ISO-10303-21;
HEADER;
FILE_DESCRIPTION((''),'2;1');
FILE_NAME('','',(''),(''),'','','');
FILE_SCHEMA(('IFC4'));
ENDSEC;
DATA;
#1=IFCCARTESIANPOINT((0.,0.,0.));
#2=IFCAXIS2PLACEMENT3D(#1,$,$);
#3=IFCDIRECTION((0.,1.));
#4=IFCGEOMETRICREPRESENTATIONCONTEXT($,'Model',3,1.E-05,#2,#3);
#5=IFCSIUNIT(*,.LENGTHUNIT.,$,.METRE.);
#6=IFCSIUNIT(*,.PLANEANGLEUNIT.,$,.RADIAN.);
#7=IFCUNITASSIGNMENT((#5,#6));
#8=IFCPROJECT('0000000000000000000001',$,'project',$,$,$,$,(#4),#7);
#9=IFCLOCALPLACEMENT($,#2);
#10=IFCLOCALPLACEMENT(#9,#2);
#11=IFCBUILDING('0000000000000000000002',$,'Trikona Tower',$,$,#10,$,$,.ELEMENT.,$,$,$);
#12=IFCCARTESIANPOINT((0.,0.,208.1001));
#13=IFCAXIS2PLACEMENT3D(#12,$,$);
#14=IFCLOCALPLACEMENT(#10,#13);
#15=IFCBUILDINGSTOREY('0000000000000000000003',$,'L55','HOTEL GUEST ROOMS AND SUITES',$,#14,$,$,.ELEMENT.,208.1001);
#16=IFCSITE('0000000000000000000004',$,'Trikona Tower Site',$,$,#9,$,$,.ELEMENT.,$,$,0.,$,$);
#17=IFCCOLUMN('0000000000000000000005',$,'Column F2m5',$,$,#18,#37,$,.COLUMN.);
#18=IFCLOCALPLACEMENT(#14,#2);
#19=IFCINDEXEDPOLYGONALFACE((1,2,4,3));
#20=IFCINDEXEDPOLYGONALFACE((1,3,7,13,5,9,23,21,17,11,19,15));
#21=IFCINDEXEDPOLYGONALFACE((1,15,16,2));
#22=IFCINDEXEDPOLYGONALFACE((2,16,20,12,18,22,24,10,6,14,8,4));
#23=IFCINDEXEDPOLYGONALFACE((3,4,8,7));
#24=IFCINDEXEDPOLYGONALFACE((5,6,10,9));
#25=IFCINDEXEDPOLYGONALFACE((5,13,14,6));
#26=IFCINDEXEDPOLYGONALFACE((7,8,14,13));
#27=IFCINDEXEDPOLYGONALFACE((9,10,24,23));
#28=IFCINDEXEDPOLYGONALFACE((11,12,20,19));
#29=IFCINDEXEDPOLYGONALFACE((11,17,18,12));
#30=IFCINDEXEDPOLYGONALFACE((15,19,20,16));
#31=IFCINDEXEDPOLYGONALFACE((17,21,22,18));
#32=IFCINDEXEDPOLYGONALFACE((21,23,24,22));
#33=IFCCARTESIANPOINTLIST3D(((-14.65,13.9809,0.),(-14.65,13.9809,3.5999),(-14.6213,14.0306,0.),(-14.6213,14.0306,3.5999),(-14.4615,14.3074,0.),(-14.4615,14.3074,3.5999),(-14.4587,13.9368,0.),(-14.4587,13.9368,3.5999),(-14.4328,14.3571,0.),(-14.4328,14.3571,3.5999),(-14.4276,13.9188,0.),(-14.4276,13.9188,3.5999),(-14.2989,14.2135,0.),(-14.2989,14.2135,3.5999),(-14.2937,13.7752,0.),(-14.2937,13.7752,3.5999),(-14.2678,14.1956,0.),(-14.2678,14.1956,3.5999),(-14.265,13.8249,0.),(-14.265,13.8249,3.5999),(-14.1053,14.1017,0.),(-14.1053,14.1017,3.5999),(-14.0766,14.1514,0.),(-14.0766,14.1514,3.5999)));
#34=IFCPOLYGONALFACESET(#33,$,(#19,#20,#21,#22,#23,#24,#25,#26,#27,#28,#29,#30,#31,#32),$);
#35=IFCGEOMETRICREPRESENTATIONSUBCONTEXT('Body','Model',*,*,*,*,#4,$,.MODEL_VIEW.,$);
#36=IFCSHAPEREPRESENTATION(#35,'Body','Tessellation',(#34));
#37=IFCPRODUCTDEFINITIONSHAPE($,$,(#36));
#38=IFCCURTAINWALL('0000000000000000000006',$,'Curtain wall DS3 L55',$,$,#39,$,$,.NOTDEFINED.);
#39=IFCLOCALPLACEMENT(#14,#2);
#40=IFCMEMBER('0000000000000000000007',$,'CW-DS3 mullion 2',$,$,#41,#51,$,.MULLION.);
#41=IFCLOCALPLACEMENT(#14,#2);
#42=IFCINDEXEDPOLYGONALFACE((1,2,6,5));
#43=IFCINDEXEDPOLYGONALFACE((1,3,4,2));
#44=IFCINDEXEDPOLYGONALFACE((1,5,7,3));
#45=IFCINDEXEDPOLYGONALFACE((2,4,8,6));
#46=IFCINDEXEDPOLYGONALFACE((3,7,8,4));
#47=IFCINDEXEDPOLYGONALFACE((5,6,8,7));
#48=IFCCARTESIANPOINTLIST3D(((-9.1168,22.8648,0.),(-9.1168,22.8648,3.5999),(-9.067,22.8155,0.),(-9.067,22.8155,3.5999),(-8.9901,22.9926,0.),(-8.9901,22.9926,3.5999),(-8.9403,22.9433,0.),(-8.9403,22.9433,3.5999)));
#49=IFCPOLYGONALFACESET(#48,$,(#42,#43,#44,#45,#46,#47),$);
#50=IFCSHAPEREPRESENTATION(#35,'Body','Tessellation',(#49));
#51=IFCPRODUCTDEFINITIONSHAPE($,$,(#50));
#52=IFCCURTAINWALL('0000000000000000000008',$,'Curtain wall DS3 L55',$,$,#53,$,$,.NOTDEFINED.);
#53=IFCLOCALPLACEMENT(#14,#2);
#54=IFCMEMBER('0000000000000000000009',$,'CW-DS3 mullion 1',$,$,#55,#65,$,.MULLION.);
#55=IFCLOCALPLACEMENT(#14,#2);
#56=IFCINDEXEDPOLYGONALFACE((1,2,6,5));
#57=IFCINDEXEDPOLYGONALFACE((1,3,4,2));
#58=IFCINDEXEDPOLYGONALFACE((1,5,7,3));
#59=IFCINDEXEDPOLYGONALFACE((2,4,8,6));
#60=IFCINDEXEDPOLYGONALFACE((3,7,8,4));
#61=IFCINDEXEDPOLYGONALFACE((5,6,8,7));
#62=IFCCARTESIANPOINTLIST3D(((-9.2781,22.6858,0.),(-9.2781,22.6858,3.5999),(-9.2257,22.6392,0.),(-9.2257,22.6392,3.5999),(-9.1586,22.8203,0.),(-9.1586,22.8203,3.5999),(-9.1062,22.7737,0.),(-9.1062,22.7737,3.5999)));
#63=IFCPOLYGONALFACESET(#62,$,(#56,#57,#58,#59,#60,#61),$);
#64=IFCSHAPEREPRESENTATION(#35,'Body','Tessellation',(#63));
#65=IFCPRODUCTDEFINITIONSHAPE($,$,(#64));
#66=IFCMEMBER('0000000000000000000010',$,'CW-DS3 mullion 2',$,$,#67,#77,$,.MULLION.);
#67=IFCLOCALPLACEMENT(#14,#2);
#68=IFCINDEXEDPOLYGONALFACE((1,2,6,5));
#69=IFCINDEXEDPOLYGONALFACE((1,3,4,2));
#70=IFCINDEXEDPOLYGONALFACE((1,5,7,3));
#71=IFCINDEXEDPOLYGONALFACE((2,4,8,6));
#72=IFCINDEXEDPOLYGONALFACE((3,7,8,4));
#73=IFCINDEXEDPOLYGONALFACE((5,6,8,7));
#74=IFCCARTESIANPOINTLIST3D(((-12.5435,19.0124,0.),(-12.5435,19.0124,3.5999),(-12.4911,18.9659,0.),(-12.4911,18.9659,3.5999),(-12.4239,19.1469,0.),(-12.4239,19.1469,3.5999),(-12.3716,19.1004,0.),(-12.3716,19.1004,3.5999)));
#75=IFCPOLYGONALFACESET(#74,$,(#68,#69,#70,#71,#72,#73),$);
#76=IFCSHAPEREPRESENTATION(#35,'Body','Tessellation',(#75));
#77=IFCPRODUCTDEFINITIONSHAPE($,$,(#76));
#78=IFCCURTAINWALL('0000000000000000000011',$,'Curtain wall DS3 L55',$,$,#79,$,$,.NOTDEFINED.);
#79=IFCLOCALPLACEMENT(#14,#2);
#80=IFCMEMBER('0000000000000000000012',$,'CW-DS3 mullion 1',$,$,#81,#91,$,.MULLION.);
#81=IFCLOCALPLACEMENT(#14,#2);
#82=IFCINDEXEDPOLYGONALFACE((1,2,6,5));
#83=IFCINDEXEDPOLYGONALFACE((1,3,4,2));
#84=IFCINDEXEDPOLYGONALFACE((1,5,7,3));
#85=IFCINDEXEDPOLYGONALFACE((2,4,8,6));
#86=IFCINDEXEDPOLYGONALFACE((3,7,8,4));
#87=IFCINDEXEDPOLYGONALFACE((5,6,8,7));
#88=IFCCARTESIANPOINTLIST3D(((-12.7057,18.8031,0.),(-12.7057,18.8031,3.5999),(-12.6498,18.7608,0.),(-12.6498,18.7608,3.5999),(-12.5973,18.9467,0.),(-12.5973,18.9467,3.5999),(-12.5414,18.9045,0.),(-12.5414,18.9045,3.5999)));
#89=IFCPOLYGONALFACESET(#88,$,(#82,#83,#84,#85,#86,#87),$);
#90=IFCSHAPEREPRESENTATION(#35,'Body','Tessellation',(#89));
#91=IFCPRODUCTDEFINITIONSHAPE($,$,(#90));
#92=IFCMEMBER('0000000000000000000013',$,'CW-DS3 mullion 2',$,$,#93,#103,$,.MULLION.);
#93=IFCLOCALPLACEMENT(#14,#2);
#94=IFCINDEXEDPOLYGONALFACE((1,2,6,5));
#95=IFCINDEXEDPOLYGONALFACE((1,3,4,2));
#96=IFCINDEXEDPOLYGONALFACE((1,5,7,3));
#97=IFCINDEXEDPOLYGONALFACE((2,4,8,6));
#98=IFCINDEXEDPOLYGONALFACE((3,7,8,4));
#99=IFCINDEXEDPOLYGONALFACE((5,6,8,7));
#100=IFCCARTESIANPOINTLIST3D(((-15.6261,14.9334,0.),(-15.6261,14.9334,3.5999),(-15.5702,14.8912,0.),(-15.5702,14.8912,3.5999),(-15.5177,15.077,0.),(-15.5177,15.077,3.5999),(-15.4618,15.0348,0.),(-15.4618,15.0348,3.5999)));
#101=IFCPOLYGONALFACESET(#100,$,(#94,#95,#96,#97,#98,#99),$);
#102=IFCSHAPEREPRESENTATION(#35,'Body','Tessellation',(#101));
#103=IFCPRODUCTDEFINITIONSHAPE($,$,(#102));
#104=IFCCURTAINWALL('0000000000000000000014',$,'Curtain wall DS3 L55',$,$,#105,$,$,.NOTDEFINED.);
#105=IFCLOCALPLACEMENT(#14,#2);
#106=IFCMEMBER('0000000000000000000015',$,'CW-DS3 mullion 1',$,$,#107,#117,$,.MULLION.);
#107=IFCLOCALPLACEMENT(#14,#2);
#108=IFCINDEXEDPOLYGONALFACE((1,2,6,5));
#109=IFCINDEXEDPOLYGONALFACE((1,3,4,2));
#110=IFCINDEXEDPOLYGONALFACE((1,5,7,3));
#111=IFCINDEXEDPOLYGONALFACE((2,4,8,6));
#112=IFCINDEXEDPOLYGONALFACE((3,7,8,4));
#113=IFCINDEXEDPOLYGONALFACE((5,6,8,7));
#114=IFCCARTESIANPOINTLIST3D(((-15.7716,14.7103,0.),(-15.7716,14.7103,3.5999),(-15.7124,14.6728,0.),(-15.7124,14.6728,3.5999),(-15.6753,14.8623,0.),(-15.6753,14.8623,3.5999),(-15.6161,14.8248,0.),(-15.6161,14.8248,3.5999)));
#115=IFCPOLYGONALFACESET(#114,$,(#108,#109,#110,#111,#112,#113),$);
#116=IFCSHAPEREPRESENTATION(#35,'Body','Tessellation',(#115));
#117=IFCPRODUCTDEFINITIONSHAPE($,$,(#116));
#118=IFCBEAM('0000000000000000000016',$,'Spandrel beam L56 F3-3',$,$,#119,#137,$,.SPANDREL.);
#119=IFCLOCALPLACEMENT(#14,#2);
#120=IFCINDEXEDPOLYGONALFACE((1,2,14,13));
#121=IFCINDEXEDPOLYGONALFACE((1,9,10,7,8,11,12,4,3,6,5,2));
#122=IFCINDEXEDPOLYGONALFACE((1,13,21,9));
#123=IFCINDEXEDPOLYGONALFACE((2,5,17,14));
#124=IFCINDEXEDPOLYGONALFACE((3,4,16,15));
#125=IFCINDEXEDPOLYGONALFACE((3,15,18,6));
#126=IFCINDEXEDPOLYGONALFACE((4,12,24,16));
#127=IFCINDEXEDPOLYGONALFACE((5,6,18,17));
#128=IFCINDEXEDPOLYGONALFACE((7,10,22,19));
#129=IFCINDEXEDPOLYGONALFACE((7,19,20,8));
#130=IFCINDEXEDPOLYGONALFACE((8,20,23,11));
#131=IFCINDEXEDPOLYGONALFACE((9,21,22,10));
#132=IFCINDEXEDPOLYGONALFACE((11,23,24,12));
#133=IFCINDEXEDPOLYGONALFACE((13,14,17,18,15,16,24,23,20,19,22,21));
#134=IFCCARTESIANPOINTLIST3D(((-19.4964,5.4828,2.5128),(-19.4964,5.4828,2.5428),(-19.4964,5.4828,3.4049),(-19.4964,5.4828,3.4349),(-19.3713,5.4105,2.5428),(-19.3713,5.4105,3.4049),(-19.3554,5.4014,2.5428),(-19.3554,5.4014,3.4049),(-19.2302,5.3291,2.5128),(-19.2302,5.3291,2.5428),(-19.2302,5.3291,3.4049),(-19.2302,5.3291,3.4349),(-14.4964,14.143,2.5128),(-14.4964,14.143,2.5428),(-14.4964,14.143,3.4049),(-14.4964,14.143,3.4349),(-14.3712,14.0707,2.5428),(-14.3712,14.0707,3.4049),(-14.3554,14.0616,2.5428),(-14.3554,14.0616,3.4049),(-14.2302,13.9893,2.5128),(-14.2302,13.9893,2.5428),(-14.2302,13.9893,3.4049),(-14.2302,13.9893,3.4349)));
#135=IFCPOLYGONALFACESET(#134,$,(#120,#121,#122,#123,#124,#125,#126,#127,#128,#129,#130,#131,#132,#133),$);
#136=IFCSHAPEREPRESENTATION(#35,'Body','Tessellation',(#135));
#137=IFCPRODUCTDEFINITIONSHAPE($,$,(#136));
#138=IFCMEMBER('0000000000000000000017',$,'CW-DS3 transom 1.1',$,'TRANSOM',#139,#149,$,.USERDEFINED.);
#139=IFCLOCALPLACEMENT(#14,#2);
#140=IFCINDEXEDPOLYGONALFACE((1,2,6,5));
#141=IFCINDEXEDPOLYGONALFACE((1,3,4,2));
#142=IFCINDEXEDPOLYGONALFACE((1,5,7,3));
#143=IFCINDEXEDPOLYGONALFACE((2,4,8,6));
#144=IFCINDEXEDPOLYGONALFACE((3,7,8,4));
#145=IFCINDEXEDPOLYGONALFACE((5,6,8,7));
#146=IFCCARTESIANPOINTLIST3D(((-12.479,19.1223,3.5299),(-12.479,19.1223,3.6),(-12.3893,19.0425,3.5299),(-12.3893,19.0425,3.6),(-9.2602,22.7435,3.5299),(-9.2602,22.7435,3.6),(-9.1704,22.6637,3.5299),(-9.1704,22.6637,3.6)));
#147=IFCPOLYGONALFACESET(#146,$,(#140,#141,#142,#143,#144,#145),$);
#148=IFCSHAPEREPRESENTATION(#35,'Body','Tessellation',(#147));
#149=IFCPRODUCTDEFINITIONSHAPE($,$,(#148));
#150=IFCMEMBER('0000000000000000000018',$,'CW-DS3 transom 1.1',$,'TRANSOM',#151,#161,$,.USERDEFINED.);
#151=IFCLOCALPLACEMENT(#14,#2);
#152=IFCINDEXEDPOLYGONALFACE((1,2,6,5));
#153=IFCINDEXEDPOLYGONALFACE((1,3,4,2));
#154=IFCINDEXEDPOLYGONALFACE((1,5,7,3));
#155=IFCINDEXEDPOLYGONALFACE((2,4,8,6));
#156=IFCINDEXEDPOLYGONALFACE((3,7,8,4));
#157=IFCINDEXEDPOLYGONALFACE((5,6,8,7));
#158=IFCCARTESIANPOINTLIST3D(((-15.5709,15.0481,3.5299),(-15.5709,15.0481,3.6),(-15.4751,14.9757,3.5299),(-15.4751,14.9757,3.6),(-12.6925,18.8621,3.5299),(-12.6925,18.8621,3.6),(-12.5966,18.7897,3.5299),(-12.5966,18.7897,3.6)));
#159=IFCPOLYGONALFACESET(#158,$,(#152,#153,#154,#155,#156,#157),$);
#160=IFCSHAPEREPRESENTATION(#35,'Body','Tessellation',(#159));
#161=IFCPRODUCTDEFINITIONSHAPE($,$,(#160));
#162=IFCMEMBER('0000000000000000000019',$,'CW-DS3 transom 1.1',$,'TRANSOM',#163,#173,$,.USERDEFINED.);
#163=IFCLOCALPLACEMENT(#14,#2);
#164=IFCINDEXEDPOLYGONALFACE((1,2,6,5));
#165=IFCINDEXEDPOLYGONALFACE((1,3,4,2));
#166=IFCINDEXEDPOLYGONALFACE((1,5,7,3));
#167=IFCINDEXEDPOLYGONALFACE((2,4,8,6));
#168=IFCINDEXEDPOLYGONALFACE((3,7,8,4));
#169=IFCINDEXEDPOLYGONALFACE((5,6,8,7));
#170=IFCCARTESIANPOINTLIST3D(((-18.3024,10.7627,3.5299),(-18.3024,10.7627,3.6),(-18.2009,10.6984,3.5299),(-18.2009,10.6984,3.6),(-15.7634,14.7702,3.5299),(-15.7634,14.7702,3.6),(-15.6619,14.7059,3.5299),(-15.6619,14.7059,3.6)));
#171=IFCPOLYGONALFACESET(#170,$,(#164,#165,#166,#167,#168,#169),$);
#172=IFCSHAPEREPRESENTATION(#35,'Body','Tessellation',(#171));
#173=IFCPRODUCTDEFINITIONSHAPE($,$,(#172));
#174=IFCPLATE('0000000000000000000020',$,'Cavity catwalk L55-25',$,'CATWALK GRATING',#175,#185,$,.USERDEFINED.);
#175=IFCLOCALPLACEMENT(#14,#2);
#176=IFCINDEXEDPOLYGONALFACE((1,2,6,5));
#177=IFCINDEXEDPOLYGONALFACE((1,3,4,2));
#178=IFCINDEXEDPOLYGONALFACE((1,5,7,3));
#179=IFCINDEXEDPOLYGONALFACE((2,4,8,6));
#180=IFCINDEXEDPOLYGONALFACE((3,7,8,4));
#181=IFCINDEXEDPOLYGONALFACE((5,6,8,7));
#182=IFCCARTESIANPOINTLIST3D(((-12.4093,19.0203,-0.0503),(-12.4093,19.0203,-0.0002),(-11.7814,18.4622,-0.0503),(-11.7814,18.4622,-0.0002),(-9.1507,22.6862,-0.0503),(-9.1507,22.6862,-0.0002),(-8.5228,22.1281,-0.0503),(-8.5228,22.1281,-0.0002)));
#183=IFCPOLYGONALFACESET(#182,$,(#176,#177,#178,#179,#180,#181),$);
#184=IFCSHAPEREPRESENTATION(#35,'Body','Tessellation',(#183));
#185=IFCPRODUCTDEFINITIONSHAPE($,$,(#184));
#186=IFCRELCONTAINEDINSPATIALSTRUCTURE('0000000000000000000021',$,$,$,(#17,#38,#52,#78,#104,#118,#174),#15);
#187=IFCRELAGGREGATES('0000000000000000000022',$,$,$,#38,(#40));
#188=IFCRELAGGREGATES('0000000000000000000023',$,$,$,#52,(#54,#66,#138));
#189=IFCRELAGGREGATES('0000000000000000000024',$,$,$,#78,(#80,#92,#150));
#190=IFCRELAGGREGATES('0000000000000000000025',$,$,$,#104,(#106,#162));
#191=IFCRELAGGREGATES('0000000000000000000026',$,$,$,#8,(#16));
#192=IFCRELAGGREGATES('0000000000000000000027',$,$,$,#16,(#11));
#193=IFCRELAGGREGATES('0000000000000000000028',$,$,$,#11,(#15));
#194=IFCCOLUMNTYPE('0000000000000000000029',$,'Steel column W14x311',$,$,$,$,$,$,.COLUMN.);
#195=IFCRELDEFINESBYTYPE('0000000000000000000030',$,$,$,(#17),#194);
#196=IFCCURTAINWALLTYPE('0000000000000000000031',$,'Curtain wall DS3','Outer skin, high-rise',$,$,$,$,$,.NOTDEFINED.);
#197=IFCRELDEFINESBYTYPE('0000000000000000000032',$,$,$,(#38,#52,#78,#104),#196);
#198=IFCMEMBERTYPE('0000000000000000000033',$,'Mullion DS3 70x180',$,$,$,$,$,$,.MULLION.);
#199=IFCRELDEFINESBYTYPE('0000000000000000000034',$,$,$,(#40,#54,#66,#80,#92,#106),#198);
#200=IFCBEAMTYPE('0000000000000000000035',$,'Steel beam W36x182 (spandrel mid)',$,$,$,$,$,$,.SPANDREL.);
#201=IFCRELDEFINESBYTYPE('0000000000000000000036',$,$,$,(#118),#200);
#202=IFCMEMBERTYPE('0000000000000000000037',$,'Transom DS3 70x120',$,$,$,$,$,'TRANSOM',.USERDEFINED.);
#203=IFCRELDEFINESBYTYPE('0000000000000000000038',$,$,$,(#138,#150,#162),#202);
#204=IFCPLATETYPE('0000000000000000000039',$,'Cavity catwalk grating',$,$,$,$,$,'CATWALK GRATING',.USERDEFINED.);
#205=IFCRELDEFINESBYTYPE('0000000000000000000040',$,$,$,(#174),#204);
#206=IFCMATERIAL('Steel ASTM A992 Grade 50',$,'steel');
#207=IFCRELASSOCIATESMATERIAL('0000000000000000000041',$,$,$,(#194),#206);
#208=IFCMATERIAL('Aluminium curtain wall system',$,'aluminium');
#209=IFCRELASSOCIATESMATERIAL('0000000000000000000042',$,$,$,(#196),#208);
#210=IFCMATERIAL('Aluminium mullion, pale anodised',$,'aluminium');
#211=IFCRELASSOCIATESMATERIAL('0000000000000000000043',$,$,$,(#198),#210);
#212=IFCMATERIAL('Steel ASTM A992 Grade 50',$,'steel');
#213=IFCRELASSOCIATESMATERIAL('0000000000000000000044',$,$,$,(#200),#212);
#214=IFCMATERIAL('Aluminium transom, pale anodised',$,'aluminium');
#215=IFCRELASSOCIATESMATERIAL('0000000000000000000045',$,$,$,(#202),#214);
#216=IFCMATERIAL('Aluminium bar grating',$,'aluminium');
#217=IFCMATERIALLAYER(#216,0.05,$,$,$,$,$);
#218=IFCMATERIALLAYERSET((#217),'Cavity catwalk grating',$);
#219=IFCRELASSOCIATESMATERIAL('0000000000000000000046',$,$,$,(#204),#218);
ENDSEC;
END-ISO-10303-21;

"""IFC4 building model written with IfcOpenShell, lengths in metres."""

from ifc_helpers import new_model, si_unit, direction, frame, origin, origin_2d, place, context, subcontext, project, spatial, rectangle, i_section, extrude, material, layer, layer_set, material_profile, profile_set, type_object, element, aggregate, save


model = new_model("IFC4")

# Units and contexts
model_context = context("Model", 3, precision=1e-05, world=origin(), true_north=direction((0.0, 1.0)))
body_context = subcontext(model_context, "Body", "Model", "MODEL_VIEW")
ifc_project = project(units=[si_unit("LENGTHUNIT", "METRE"), si_unit("PLANEANGLEUNIT", "RADIAN")], contexts=[model_context])

# Site, building, storey
site_placement = place(None, origin())
site = spatial("IfcSite", under=ifc_project, at=site_placement, Name="Trikona Tower Site", CompositionType="ELEMENT", RefElevation=0.0)
building_placement = place(site_placement, origin())
building = spatial("IfcBuilding", under=site, at=building_placement, Name="Trikona Tower", CompositionType="ELEMENT")
storey_placement = place(building_placement, frame((0.0, 0.0, 208.1001)))
storey = spatial("IfcBuildingStorey", under=building, at=storey_placement, Name="L55", Description="HOTEL GUEST ROOMS AND SUITES", CompositionType="ELEMENT", Elevation=208.1001)

# Column
ifc_material_1 = material(Name="Steel ASTM A992 Grade 50", Category="steel")
ifc_material_profile_1 = material_profile(ifc_material_1, i_section(OverallWidth=0.4114, OverallDepth=0.4343, WebThickness=0.0359, FlangeThickness=0.0574, at=origin_2d()), Name="W14X311")
ifc_profile_set_1 = profile_set([ifc_material_profile_1], Name="Steel ASTM A992 Grade 50")
column_type = type_object("IfcColumnType", Name="Steel column W14x311", PredefinedType="COLUMN", material=ifc_profile_set_1)
column_placement = place(storey_placement, frame((-14.3633, 14.0662, 0.0), z_axis=(0.0, 0.0, 1.0), x_axis=(-0.866025, 0.5, 0.0)))
element("IfcColumn", 1, at=column_placement, inside=storey, type_object=column_type, Name="Column F2m5", PredefinedType="COLUMN", context=body_context, shape_type="SweptSolid", body=[
    extrude(i_section(OverallWidth=0.4114, OverallDepth=0.4343, WebThickness=0.0359, FlangeThickness=0.0574, at=origin_2d()), origin(), (0.0, 0.0, 1.0), 3.5999),
])

# Curtain wall, member
ifc_material_2 = material(Name="Aluminium curtain wall system", Category="aluminium")
curtain_wall_type = type_object("IfcCurtainWallType", Name="Curtain wall DS3", Description="Outer skin, high-rise", PredefinedType="NOTDEFINED", material=ifc_material_2)
curtain_wall_1_placement = place(storey_placement, origin())
curtain_wall_1 = element("IfcCurtainWall", 2, at=curtain_wall_1_placement, inside=storey, type_object=curtain_wall_type, Name="Curtain wall DS3 L55", PredefinedType="NOTDEFINED")
ifc_material_3 = material(Name="Aluminium mullion, pale anodised", Category="aluminium")
ifc_material_profile_2 = material_profile(ifc_material_3, rectangle(XDim=0.0701, YDim=0.1799, at=origin_2d()), Name="MUL-DS3")
ifc_profile_set_2 = profile_set([ifc_material_profile_2], Name="Aluminium mullion, pale anodised")
member_type_1 = type_object("IfcMemberType", Name="Mullion DS3 70x180", PredefinedType="MULLION", material=ifc_profile_set_2)
member_1_placement = place(storey_placement, frame((-9.0286, 22.9041, 0.0), z_axis=(0.0, 0.0, 1.0), x_axis=(0.710052, -0.704149, 0.0)))
member_1 = element("IfcMember", 3, at=member_1_placement, type_object=member_type_1, Name="CW-DS3 mullion 2", PredefinedType="MULLION", context=body_context, shape_type="SweptSolid", body=[
    extrude(rectangle(XDim=0.0701, YDim=0.1799, at=origin_2d()), origin(), (0.0, 0.0, 1.0), 3.5999),
])
aggregate(curtain_wall_1, [member_1])

# Curtain walls, members
curtain_wall_2_placement = place(storey_placement, origin())
curtain_wall_2 = element("IfcCurtainWall", 4, at=curtain_wall_2_placement, inside=storey, type_object=curtain_wall_type, Name="Curtain wall DS3 L55", PredefinedType="NOTDEFINED")
member_2_placement = place(storey_placement, frame((-9.1921, 22.7297, 0.0), z_axis=(0.0, 0.0, 1.0), x_axis=(0.747403, -0.664371, 0.0)))
member_2 = element("IfcMember", 5, at=member_2_placement, type_object=member_type_1, Name="CW-DS3 mullion 1", PredefinedType="MULLION", context=body_context, shape_type="SweptSolid", body=[
    extrude(rectangle(XDim=0.0701, YDim=0.1799, at=origin_2d()), origin(), (0.0, 0.0, 1.0), 3.5999),
])
member_3_placement = place(storey_placement, frame((-12.4575, 19.0564, 0.0), z_axis=(0.0, 0.0, 1.0), x_axis=(0.747403, -0.664371, 0.0)))
member_3 = element("IfcMember", 6, at=member_3_placement, type_object=member_type_1, Name="CW-DS3 mullion 2", PredefinedType="MULLION", context=body_context, shape_type="SweptSolid", body=[
    extrude(rectangle(XDim=0.0701, YDim=0.1799, at=origin_2d()), origin(), (0.0, 0.0, 1.0), 3.5999),
])
curtain_wall_3_placement = place(storey_placement, origin())
curtain_wall_3 = element("IfcCurtainWall", 7, at=curtain_wall_3_placement, inside=storey, type_object=curtain_wall_type, Name="Curtain wall DS3 L55", PredefinedType="NOTDEFINED")
member_4_placement = place(storey_placement, frame((-12.6235, 18.8538, 0.0), z_axis=(0.0, 0.0, 1.0), x_axis=(0.798193, -0.602402, 0.0)))
member_4 = element("IfcMember", 8, at=member_4_placement, type_object=member_type_1, Name="CW-DS3 mullion 1", PredefinedType="MULLION", context=body_context, shape_type="SweptSolid", body=[
    extrude(rectangle(XDim=0.0701, YDim=0.1799, at=origin_2d()), origin(), (0.0, 0.0, 1.0), 3.5999),
])
member_5_placement = place(storey_placement, frame((-15.5439, 14.9841, 0.0), z_axis=(0.0, 0.0, 1.0), x_axis=(0.798193, -0.602402, 0.0)))
member_5 = element("IfcMember", 9, at=member_5_placement, type_object=member_type_1, Name="CW-DS3 mullion 2", PredefinedType="MULLION", context=body_context, shape_type="SweptSolid", body=[
    extrude(rectangle(XDim=0.0701, YDim=0.1799, at=origin_2d()), origin(), (0.0, 0.0, 1.0), 3.5999),
])

# Curtain wall, member
curtain_wall_4_placement = place(storey_placement, origin())
curtain_wall_4 = element("IfcCurtainWall", 10, at=curtain_wall_4_placement, inside=storey, type_object=curtain_wall_type, Name="Curtain wall DS3 L55", PredefinedType="NOTDEFINED")
member_6_placement = place(storey_placement, frame((-15.6938, 14.7676, 0.0), z_axis=(0.0, 0.0, 1.0), x_axis=(0.844727, -0.535197, 0.0)))
member_6 = element("IfcMember", 11, at=member_6_placement, type_object=member_type_1, Name="CW-DS3 mullion 1", PredefinedType="MULLION", context=body_context, shape_type="SweptSolid", body=[
    extrude(rectangle(XDim=0.0701, YDim=0.1799, at=origin_2d()), origin(), (0.0, 0.0, 1.0), 3.5999),
])

# Beam
ifc_material_4 = material(Name="Steel ASTM A992 Grade 50", Category="steel")
ifc_material_profile_3 = material_profile(ifc_material_4, i_section(OverallWidth=0.3074, OverallDepth=0.9221, WebThickness=0.0183, FlangeThickness=0.03, at=origin_2d()), Name="W36X182")
ifc_profile_set_3 = profile_set([ifc_material_profile_3], Name="Steel ASTM A992 Grade 50")
beam_type = type_object("IfcBeamType", Name="Steel beam W36x182 (spandrel mid)", PredefinedType="SPANDREL", material=ifc_profile_set_3)
beam_placement = place(storey_placement, frame((-14.3633, 14.0662, 2.9739), z_axis=(-0.500004, -0.866023, 0.0), x_axis=(0.866023, -0.500004, 0.0)))
element("IfcBeam", 12, at=beam_placement, inside=storey, type_object=beam_type, Name="Spandrel beam L56 F3-3", PredefinedType="SPANDREL", context=body_context, shape_type="SweptSolid", body=[
    extrude(i_section(OverallWidth=0.3074, OverallDepth=0.9221, WebThickness=0.0183, FlangeThickness=0.03, at=origin_2d()), origin(), (0.0, 0.0, 1.0), 10.0),
])

# Members
ifc_material_5 = material(Name="Aluminium transom, pale anodised", Category="aluminium")
ifc_material_profile_4 = material_profile(ifc_material_5, rectangle(XDim=0.1201, YDim=0.0701, at=origin_2d()), Name="TRN-DS3")
ifc_profile_set_4 = profile_set([ifc_material_profile_4], Name="Aluminium transom, pale anodised")
member_type_2 = type_object("IfcMemberType", Name="Transom DS3 70x120", ElementType="TRANSOM", PredefinedType="USERDEFINED", material=ifc_profile_set_4)
member_7_placement = place(storey_placement, frame((-9.2153, 22.7036, 3.5649), z_axis=(-0.664364, -0.747409, 0.0), x_axis=(0.747409, -0.664364, 0.0)))
member_7 = element("IfcMember", 13, at=member_7_placement, type_object=member_type_2, Name="CW-DS3 transom 1.1", ObjectType="TRANSOM", PredefinedType="USERDEFINED", context=body_context, shape_type="SweptSolid", body=[
    extrude(rectangle(XDim=0.1201, YDim=0.0701, at=origin_2d()), origin(), (0.0, 0.0, 1.0), 4.845),
])
member_8_placement = place(storey_placement, frame((-12.6445, 18.8259, 3.5649), z_axis=(-0.602401, -0.798194, 0.0), x_axis=(0.798194, -0.602401, 0.0)))
member_8 = element("IfcMember", 14, at=member_8_placement, type_object=member_type_2, Name="CW-DS3 transom 1.1", ObjectType="TRANSOM", PredefinedType="USERDEFINED", context=body_context, shape_type="SweptSolid", body=[
    extrude(rectangle(XDim=0.1201, YDim=0.0701, at=origin_2d()), origin(), (0.0, 0.0, 1.0), 4.7783),
])
member_9_placement = place(storey_placement, frame((-15.7126, 14.738, 3.5649), z_axis=(-0.535193, -0.84473, 0.0), x_axis=(0.84473, -0.535193, 0.0)))
member_9 = element("IfcMember", 15, at=member_9_placement, type_object=member_type_2, Name="CW-DS3 transom 1.1", ObjectType="TRANSOM", PredefinedType="USERDEFINED", context=body_context, shape_type="SweptSolid", body=[
    extrude(rectangle(XDim=0.1201, YDim=0.0701, at=origin_2d()), origin(), (0.0, 0.0, 1.0), 4.7441),
])

# Plate
ifc_material_6 = material(Name="Aluminium bar grating", Category="aluminium")
ifc_layer_1 = layer(ifc_material_6, 0.05)
ifc_layer_set_1 = layer_set([ifc_layer_1], Name="Cavity catwalk grating")
plate_type_1 = type_object("IfcPlateType", Name="Cavity catwalk grating", ElementType="CATWALK GRATING", PredefinedType="USERDEFINED", material=ifc_layer_set_1)
plate_1_placement = place(storey_placement, frame((-10.4661, 20.5742, -0.0503), z_axis=(0.0, 0.0, 1.0), x_axis=(-0.664367, -0.747406, 0.0)))
element("IfcPlate", 16, at=plate_1_placement, inside=storey, type_object=plate_type_1, Name="Cavity catwalk L55-25", ObjectType="CATWALK GRATING", PredefinedType="USERDEFINED", context=body_context, shape_type="SweptSolid", body=[
    extrude(rectangle(XDim=4.9048, YDim=0.8401, at=origin_2d()), origin(), (0.0, 0.0, 1.0), 0.05),
])

aggregate(curtain_wall_2, [member_2, member_3, member_7])
aggregate(curtain_wall_3, [member_4, member_5, member_8])
aggregate(curtain_wall_4, [member_6, member_9])

save(model, "model.ifc")
